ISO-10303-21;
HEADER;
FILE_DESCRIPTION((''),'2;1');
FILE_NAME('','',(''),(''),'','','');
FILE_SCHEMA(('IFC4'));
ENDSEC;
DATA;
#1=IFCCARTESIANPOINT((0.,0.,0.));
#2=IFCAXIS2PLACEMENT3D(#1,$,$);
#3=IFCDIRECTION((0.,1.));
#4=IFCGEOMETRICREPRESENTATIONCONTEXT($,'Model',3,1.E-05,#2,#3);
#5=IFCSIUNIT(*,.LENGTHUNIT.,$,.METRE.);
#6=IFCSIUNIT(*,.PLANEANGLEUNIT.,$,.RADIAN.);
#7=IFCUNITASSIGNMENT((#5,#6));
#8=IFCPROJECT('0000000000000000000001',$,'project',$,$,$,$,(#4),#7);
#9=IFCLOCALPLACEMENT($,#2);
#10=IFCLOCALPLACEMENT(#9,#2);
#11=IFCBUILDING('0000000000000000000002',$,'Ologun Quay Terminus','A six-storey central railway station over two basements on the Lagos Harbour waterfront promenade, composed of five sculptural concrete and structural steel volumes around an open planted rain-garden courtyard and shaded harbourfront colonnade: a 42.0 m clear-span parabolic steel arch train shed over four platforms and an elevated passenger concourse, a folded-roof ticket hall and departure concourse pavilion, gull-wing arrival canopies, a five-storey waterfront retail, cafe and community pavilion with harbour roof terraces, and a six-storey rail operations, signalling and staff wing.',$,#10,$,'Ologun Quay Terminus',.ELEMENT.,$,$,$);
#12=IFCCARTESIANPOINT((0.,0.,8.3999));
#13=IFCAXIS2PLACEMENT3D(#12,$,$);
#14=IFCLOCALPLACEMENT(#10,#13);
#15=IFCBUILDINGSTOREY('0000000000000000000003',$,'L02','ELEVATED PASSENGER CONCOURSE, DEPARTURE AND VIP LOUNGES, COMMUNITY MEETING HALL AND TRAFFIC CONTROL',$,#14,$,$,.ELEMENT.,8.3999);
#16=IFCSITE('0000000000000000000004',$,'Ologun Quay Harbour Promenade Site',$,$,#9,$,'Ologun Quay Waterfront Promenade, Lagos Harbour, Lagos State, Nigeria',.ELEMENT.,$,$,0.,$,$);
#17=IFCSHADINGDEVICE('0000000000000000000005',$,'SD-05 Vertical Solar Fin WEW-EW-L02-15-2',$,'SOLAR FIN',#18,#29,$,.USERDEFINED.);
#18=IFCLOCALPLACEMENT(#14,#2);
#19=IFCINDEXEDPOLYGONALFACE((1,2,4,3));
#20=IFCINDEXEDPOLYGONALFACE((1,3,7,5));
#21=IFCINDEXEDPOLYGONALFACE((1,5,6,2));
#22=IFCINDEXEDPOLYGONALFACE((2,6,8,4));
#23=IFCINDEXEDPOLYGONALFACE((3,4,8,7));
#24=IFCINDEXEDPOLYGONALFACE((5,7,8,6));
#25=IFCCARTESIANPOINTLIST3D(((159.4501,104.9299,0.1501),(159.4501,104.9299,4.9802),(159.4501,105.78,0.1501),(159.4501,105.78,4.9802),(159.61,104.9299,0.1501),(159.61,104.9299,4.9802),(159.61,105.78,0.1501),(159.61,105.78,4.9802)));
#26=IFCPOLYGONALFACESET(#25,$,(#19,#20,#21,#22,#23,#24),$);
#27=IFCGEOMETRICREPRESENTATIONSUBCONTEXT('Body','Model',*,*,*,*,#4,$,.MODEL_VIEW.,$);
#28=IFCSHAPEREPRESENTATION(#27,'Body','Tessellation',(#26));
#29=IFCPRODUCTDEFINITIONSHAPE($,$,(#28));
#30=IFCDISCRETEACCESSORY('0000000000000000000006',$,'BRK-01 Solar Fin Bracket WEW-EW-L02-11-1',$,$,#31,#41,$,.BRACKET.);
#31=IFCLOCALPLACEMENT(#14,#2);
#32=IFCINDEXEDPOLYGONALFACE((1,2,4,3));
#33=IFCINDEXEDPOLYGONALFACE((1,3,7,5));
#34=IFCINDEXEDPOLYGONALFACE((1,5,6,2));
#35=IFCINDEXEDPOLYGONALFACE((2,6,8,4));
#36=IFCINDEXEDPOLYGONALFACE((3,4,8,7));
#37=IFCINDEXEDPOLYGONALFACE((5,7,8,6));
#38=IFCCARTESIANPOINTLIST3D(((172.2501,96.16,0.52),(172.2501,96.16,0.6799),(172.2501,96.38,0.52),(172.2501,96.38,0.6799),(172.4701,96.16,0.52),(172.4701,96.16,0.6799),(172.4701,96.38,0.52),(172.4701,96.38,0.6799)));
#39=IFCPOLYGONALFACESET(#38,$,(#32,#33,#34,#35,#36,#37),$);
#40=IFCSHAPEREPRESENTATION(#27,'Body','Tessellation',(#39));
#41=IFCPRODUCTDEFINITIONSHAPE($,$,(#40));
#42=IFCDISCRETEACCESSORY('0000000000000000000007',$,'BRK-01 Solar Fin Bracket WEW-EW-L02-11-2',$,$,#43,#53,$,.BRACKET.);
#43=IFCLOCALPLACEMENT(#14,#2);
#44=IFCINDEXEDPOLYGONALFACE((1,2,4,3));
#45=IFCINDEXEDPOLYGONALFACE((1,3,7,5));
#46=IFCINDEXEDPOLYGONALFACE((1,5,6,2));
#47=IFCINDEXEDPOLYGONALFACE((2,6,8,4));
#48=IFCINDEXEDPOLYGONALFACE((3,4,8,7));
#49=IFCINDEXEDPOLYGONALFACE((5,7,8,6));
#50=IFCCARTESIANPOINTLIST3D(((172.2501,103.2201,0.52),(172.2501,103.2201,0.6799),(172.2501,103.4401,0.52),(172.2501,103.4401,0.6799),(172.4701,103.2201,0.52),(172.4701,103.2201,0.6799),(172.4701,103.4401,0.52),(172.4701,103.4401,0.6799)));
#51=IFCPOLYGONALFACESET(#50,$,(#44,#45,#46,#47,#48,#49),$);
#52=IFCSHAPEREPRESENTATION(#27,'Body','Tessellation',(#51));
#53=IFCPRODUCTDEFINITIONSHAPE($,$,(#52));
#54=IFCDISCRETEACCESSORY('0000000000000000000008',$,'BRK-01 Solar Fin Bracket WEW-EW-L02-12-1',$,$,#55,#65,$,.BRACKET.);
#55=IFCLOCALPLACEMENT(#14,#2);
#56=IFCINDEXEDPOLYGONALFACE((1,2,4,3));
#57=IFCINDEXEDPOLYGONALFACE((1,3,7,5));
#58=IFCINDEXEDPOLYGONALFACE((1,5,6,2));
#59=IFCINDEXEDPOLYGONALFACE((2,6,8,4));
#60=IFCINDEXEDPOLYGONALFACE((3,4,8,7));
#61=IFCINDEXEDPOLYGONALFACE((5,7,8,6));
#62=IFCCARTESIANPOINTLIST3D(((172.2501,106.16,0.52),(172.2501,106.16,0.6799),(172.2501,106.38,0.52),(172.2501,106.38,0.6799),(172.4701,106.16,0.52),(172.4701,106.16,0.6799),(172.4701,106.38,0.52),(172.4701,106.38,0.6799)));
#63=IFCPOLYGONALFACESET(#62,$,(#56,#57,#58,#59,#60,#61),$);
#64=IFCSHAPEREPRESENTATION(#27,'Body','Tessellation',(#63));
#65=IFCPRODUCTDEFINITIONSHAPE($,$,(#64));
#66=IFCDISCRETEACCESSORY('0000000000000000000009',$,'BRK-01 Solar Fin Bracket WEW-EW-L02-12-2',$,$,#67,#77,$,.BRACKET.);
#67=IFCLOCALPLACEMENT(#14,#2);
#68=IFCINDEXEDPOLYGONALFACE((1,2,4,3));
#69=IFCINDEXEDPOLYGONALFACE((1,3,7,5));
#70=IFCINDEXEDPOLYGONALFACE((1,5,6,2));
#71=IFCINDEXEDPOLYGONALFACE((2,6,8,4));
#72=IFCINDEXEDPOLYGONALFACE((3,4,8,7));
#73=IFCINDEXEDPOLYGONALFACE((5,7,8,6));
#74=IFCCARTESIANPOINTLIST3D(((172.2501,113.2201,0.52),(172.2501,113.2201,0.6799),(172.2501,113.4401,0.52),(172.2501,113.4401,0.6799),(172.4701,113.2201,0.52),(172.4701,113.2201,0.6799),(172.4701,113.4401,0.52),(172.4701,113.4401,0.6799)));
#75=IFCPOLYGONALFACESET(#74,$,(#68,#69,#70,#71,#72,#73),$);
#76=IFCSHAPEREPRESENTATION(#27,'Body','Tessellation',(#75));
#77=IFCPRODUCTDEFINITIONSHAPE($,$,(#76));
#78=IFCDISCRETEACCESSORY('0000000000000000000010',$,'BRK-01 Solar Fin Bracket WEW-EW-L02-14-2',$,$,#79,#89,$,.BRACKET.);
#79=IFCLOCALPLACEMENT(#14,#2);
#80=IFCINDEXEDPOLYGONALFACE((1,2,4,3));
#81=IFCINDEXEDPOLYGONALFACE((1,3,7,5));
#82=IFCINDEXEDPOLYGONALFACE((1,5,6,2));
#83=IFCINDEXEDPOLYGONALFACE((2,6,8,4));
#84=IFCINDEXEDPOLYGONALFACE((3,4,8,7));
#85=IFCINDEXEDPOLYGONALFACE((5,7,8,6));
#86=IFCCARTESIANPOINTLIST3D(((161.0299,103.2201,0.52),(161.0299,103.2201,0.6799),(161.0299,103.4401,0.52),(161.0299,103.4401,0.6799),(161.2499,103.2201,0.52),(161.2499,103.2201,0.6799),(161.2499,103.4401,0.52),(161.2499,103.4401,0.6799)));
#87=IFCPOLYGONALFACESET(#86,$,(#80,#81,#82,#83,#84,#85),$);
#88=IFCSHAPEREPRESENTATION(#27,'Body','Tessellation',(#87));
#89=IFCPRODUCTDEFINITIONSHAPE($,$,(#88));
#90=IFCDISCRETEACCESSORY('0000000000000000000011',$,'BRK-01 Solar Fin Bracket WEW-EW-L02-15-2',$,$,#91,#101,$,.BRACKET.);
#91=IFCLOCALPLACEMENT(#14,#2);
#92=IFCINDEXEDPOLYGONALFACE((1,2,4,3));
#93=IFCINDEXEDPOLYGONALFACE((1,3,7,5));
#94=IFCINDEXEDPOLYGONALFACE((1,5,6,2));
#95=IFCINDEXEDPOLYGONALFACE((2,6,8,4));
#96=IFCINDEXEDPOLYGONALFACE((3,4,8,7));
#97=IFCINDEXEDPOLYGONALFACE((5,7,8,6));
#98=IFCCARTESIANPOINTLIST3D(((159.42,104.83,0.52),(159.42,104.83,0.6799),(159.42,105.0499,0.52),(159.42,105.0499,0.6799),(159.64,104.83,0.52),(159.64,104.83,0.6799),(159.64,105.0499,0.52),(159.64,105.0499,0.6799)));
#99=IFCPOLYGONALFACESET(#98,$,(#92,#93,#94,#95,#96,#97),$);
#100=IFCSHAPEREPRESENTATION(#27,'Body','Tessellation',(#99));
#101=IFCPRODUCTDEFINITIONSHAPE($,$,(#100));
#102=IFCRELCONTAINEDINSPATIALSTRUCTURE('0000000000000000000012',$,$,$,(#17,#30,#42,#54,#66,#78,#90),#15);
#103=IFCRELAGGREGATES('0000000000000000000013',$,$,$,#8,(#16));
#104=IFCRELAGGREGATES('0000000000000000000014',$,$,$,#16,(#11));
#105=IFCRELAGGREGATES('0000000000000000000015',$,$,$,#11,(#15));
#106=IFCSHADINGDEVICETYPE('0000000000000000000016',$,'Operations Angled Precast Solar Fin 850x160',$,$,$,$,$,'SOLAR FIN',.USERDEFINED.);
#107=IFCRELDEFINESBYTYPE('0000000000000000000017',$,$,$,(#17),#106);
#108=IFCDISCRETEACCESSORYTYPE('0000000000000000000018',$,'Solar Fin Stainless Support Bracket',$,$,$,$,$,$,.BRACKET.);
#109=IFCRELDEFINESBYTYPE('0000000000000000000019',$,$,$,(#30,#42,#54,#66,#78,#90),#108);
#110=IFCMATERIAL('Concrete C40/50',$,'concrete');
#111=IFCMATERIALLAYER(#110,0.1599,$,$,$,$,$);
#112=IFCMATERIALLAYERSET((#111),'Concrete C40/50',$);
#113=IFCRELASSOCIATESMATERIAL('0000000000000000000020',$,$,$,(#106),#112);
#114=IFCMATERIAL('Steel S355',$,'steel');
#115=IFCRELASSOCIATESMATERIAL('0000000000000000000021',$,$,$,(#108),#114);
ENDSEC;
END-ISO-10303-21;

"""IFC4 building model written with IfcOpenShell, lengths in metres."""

from ifc_helpers import new_model, si_unit, direction, frame, origin, origin_2d, place, context, subcontext, project, spatial, rectangle, extrude, material, layer, layer_set, type_object, element, save


model = new_model("IFC4")

# Units and contexts
model_context = context("Model", 3, precision=1e-05, world=origin(), true_north=direction((0.0, 1.0)))
body_context = subcontext(model_context, "Body", "Model", "MODEL_VIEW")
ifc_project = project(units=[si_unit("LENGTHUNIT", "METRE"), si_unit("PLANEANGLEUNIT", "RADIAN")], contexts=[model_context])

# Site, building, storey
site_placement = place(None, origin())
site = spatial("IfcSite", under=ifc_project, at=site_placement, Name="Ologun Quay Harbour Promenade Site", LongName="Ologun Quay Waterfront Promenade, Lagos Harbour, Lagos State, Nigeria", CompositionType="ELEMENT", RefElevation=0.0)
building_placement = place(site_placement, origin())
building = spatial("IfcBuilding", under=site, at=building_placement, Name="Ologun Quay Terminus", Description="A six-storey central railway station over two basements on the Lagos Harbour waterfront promenade, composed of five sculptural concrete and structural steel volumes around an open planted rain-garden courtyard and shaded harbourfront colonnade: a 42.0 m clear-span parabolic steel arch train shed over four platforms and an elevated passenger concourse, a folded-roof ticket hall and departure concourse pavilion, gull-wing arrival canopies, a five-storey waterfront retail, cafe and community pavilion with harbour roof terraces, and a six-storey rail operations, signalling and staff wing.", LongName="Ologun Quay Terminus", CompositionType="ELEMENT")
storey_placement = place(building_placement, frame((0.0, 0.0, 8.3999)))
storey = spatial("IfcBuildingStorey", under=building, at=storey_placement, Name="L02", Description="ELEVATED PASSENGER CONCOURSE, DEPARTURE AND VIP LOUNGES, COMMUNITY MEETING HALL AND TRAFFIC CONTROL", CompositionType="ELEMENT", Elevation=8.3999)

# Shading device
ifc_material_1 = material(Name="Concrete C40/50", Category="concrete")
ifc_layer_1 = layer(ifc_material_1, 0.1599)
ifc_layer_set_1 = layer_set([ifc_layer_1], Name="Concrete C40/50")
shading_device_type = type_object("IfcShadingDeviceType", Name="Operations Angled Precast Solar Fin 850x160", ElementType="SOLAR FIN", PredefinedType="USERDEFINED", material=ifc_layer_set_1)
shading_device_placement = place(storey_placement, frame((159.53, 105.355, 0.1501), z_axis=(0.0, 0.0, 1.0), x_axis=(1.0, 0.0, 0.0)))
element("IfcShadingDevice", 1, at=shading_device_placement, inside=storey, type_object=shading_device_type, Name="SD-05 Vertical Solar Fin WEW-EW-L02-15-2", ObjectType="SOLAR FIN", PredefinedType="USERDEFINED", context=body_context, shape_type="SweptSolid", body=[
    extrude(rectangle(XDim=0.1599, YDim=0.8501, at=origin_2d()), origin(), (0.0, 0.0, 1.0), 4.8301),
])

# Discrete accessories
ifc_material_2 = material(Name="Steel S355", Category="steel")
discrete_accessory_type = type_object("IfcDiscreteAccessoryType", Name="Solar Fin Stainless Support Bracket", PredefinedType="BRACKET", material=ifc_material_2)
for number, where, z_axis, x_axis, name in (
    (2, (172.3601, 96.27, 0.52), (0.0, 0.0, 1.0), (1.0, 0.0, 0.0), "BRK-01 Solar Fin Bracket WEW-EW-L02-11-1"),
    (3, (172.3601, 103.3301, 0.52), (0.0, 0.0, 1.0), (1.0, 0.0, 0.0), "BRK-01 Solar Fin Bracket WEW-EW-L02-11-2"),
    (4, (172.3601, 106.27, 0.52), (0.0, 0.0, 1.0), (1.0, 0.0, 0.0), "BRK-01 Solar Fin Bracket WEW-EW-L02-12-1"),
    (5, (172.3601, 113.3301, 0.52), (0.0, 0.0, 1.0), (1.0, 0.0, 0.0), "BRK-01 Solar Fin Bracket WEW-EW-L02-12-2"),
    (6, (161.1399, 103.3301, 0.52), (0.0, 0.0, 1.0), (1.0, 0.0, 0.0), "BRK-01 Solar Fin Bracket WEW-EW-L02-14-2"),
    (7, (159.53, 104.9399, 0.52), (0.0, 0.0, 1.0), (1.0, 0.0, 0.0), "BRK-01 Solar Fin Bracket WEW-EW-L02-15-2"),
):
    element("IfcDiscreteAccessory", number, at=place(storey_placement, frame(where, z_axis=z_axis, x_axis=x_axis)), inside=storey, type_object=discrete_accessory_type, Name=name, PredefinedType="BRACKET", context=body_context, shape_type="SweptSolid", body=[
        extrude(rectangle(XDim=0.22, YDim=0.22, at=origin_2d()), origin(), (0.0, 0.0, 1.0), 0.1599),
    ])

save(model, "model.ifc")
